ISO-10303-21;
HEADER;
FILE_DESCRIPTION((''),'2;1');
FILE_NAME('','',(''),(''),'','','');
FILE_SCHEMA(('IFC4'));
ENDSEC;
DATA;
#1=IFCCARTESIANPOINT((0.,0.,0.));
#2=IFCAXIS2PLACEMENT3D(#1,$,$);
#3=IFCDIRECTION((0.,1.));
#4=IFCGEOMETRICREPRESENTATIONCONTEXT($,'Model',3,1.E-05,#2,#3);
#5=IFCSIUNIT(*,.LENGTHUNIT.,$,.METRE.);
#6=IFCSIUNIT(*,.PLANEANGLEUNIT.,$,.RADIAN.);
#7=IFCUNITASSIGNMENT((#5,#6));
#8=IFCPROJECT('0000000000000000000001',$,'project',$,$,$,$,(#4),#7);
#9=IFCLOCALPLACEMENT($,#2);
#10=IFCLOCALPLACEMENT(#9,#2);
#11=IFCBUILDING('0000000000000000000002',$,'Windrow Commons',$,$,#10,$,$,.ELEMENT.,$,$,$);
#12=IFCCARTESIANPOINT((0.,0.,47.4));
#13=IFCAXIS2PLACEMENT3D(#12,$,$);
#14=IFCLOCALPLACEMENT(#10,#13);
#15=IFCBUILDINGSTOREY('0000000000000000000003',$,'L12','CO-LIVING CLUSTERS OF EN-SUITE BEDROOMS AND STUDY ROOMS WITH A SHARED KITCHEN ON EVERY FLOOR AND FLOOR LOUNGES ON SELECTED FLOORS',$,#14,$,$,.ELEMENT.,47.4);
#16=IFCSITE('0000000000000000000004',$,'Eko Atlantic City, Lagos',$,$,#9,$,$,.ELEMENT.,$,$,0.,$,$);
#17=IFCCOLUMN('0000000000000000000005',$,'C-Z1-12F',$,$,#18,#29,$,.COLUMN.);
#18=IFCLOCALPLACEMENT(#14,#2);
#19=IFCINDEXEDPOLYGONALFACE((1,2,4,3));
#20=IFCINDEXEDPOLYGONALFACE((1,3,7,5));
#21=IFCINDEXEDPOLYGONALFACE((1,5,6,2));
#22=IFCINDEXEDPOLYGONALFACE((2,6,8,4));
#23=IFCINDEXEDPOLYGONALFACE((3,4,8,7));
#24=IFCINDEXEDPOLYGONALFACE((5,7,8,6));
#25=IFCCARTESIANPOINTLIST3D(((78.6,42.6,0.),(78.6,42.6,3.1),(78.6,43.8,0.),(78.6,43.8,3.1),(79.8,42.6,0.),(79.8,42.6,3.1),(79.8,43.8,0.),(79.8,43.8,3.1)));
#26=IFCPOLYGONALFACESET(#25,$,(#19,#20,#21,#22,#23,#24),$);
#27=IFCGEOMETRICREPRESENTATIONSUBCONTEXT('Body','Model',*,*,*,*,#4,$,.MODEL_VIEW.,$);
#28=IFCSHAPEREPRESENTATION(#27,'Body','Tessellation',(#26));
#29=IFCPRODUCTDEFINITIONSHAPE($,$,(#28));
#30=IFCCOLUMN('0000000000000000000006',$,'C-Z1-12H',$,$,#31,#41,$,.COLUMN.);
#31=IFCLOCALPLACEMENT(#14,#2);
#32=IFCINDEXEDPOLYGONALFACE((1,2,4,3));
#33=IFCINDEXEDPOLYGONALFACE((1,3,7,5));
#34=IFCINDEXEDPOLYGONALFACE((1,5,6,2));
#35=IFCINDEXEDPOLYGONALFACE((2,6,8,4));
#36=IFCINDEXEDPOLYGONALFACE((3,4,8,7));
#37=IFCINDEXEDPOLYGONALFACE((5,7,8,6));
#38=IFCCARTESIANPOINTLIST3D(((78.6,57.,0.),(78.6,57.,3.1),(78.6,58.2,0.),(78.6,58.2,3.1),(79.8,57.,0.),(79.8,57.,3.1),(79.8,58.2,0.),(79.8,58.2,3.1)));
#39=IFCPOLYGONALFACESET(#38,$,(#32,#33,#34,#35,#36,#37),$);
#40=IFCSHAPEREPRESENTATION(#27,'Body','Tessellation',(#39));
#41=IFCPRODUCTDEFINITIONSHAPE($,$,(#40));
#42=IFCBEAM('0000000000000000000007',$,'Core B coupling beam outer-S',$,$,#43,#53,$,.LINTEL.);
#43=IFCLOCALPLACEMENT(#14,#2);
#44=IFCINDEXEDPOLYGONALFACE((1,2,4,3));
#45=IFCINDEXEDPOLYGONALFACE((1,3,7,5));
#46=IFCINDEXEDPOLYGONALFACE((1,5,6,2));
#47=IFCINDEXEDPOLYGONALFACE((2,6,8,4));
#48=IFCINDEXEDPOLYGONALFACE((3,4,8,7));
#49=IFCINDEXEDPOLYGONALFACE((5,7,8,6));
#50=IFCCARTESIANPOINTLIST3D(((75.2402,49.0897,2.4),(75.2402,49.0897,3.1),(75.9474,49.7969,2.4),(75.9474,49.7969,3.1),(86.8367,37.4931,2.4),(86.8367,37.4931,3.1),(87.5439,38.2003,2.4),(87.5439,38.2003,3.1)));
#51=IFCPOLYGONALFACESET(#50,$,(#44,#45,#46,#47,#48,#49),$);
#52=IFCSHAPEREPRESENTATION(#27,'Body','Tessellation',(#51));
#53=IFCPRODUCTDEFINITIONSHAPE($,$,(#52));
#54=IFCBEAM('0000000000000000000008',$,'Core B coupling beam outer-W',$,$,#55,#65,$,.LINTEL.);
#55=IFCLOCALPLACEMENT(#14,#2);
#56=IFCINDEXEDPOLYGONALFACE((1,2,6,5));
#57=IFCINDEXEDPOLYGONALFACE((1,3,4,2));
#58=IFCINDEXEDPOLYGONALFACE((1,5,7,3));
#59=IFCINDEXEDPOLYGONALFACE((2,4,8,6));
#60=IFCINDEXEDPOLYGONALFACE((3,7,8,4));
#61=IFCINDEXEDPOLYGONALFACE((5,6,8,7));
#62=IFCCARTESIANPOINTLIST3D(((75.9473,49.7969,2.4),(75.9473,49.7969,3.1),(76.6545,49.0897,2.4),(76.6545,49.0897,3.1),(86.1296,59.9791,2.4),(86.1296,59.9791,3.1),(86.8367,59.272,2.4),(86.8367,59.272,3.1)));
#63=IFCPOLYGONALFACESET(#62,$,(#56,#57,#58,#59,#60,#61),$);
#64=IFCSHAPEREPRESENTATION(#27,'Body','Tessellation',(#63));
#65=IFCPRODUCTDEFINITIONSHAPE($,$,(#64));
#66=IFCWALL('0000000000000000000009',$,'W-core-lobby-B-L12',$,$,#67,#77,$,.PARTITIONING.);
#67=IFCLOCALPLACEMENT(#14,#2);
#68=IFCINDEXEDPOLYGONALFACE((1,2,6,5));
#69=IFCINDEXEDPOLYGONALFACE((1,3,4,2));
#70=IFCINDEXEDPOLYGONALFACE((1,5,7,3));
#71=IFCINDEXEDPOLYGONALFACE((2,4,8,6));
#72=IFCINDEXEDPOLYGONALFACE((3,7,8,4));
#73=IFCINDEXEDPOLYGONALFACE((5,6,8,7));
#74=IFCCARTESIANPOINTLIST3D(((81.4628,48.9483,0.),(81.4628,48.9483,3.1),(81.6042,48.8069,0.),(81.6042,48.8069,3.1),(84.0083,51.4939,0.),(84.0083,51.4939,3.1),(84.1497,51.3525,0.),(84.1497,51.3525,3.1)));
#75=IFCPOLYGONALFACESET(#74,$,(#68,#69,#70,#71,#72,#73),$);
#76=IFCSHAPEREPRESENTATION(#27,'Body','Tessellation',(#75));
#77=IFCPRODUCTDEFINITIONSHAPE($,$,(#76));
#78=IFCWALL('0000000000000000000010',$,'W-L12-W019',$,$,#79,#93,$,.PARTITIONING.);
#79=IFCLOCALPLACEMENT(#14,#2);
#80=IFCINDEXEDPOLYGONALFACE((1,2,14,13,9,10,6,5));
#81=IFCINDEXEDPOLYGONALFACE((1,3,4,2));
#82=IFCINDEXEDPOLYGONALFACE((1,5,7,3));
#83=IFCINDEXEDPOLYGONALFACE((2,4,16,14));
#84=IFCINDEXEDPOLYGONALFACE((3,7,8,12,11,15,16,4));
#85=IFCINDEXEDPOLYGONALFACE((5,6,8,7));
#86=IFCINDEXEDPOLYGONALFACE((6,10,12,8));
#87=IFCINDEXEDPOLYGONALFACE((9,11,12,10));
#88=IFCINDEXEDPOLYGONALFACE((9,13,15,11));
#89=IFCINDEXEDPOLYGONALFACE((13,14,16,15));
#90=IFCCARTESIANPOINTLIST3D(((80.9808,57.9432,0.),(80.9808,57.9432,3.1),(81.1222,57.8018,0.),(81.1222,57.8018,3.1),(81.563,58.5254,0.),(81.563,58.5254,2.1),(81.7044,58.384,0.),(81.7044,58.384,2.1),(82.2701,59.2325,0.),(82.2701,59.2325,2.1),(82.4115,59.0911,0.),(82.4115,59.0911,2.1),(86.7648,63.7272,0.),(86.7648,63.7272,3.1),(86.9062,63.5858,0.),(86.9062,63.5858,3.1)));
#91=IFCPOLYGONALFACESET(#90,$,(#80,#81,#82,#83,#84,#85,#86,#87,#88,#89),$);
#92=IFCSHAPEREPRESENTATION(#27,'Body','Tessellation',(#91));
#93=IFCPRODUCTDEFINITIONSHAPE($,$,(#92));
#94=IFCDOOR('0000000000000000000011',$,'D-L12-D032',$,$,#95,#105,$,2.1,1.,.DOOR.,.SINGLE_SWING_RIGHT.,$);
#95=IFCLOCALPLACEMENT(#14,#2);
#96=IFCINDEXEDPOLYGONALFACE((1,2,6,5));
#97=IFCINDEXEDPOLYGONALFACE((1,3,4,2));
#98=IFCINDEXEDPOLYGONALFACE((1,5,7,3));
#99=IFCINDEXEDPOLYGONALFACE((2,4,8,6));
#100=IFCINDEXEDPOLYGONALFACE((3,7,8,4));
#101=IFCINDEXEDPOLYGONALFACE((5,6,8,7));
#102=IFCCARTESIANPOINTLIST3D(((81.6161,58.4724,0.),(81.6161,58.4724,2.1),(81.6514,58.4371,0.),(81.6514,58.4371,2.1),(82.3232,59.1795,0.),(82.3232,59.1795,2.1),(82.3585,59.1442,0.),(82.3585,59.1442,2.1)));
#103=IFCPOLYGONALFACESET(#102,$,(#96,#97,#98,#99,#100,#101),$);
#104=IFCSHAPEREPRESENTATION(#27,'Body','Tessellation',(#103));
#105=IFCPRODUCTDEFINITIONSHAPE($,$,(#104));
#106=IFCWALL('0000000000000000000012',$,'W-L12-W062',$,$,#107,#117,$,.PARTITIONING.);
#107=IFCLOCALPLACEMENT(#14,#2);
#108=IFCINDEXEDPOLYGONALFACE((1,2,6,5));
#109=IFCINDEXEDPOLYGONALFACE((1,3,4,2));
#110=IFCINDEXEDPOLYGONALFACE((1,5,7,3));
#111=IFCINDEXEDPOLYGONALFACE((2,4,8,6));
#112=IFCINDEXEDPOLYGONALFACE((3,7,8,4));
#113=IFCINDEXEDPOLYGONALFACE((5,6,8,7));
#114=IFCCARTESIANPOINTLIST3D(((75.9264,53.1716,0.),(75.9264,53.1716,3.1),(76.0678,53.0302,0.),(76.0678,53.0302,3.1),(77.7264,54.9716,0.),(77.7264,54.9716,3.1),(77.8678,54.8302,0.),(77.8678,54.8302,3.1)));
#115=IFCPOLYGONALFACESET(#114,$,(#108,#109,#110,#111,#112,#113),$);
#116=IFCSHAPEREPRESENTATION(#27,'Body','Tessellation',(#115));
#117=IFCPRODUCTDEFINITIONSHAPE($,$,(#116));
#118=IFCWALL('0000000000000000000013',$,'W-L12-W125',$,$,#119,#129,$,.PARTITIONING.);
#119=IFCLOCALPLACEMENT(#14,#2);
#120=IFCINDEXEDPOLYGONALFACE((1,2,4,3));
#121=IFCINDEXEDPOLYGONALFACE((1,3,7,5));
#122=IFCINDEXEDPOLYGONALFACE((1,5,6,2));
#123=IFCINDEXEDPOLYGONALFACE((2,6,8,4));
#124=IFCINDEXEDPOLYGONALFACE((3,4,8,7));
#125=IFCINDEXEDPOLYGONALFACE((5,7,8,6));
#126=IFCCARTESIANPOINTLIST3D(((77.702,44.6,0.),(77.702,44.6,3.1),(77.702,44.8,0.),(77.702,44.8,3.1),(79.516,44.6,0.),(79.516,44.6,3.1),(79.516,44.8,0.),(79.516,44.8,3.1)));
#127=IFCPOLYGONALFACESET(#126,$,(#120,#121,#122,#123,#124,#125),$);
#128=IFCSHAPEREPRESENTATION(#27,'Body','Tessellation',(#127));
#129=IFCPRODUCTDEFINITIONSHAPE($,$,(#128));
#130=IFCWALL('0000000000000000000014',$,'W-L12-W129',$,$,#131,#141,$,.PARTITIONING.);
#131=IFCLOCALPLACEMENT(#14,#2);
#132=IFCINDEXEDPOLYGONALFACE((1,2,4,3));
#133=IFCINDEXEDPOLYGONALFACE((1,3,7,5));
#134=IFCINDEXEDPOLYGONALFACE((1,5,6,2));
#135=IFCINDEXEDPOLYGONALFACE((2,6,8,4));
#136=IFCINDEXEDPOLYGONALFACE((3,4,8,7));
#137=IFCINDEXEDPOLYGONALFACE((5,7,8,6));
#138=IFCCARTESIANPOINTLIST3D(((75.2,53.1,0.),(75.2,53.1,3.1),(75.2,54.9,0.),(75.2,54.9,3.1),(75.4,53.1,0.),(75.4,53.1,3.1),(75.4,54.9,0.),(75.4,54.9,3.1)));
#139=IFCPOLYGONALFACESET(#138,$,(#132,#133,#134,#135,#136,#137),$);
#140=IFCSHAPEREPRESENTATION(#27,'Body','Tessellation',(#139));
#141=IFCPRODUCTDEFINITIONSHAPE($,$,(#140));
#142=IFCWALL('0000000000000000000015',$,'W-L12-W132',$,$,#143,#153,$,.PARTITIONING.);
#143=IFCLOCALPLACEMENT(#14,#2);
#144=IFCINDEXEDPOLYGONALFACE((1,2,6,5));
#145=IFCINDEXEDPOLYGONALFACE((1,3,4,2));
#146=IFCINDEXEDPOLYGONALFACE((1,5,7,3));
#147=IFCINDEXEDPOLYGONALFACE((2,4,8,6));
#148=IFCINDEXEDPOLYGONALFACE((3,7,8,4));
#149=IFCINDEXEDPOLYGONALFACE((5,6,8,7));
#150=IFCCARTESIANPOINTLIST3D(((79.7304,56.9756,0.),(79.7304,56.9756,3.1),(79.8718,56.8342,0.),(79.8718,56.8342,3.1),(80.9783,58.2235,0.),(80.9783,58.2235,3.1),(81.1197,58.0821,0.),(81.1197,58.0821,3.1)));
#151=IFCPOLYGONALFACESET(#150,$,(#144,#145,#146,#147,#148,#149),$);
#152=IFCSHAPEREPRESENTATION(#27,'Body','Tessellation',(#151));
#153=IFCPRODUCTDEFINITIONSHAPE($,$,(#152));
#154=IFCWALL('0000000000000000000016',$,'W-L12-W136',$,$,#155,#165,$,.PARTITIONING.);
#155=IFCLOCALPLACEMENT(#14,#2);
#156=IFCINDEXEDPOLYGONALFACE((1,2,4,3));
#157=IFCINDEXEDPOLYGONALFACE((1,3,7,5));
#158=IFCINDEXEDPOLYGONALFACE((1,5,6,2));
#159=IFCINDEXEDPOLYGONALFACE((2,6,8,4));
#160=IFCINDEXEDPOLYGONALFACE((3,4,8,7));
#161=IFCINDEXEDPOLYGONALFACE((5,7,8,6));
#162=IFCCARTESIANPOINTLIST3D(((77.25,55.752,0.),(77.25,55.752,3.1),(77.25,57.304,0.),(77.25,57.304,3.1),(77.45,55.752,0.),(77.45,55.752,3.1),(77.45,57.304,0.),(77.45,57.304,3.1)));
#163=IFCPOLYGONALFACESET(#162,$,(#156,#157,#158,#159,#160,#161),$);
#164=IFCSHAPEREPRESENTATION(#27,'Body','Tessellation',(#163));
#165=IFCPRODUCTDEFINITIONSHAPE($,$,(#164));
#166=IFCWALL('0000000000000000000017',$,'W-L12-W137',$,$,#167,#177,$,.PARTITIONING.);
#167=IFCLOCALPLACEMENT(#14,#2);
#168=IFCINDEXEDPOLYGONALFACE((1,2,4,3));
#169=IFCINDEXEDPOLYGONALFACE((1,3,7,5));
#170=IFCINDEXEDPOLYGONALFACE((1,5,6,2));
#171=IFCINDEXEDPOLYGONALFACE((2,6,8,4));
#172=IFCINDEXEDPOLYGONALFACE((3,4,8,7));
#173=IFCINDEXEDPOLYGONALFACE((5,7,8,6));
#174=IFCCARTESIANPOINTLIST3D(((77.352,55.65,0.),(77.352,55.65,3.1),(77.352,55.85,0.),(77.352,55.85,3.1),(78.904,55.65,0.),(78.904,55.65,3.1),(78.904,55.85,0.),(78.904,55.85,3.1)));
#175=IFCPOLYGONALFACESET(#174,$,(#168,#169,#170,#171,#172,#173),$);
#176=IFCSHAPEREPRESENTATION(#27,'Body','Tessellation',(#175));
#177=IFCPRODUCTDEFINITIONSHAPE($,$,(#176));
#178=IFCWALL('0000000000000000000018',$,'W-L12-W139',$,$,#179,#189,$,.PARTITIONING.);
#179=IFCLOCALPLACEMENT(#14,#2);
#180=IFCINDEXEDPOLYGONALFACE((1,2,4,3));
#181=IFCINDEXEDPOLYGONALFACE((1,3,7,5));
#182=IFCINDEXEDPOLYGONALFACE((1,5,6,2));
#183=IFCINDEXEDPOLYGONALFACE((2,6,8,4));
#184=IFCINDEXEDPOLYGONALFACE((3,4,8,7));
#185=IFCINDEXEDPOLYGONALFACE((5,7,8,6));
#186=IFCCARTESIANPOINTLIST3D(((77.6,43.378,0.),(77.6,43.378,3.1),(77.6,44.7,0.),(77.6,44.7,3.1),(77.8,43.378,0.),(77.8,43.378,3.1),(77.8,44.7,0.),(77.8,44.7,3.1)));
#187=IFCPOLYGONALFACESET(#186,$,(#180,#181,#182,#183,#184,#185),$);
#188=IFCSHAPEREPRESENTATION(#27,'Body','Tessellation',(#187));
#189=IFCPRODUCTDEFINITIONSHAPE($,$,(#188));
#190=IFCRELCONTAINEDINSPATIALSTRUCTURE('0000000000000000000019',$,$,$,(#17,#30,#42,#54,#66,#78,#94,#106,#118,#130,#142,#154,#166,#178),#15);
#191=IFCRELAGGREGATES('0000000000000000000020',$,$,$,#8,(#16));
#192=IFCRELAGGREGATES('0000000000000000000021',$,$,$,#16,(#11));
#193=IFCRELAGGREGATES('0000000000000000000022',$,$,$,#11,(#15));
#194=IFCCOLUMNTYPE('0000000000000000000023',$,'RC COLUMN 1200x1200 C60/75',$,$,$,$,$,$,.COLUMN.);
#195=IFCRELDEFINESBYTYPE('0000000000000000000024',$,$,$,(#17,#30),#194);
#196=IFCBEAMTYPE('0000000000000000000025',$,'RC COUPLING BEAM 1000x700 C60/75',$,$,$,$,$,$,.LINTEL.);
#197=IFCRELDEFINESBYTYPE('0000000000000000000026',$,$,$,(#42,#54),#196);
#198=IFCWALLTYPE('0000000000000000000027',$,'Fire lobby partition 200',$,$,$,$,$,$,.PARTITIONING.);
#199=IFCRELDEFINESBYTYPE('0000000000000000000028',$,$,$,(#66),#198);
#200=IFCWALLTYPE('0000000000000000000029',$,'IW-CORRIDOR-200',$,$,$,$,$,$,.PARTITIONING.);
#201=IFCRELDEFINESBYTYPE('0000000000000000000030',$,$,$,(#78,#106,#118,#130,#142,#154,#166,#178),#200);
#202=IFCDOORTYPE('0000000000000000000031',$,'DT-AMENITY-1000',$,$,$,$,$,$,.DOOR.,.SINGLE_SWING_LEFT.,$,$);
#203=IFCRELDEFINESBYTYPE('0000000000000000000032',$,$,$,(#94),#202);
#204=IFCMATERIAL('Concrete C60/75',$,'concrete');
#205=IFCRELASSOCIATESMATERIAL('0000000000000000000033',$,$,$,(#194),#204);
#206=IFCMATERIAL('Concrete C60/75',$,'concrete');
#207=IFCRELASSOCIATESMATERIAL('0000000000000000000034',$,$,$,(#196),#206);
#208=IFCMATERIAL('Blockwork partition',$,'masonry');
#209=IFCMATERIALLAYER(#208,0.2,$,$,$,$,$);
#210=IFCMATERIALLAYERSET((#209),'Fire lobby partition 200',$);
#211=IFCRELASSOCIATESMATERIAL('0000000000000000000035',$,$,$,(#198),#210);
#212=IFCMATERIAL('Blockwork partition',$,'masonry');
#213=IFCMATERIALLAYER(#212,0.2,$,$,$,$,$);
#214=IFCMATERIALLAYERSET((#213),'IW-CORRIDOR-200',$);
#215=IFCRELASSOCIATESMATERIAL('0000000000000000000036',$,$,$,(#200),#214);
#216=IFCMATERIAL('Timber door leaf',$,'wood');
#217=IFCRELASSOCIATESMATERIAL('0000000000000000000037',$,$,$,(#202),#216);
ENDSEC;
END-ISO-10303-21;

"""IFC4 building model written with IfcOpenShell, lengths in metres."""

from ifc_helpers import new_model, si_unit, direction, frame, frame_2d, origin, origin_2d, place, context, subcontext, project, spatial, rectangle, extrude, material, layer, layer_set, material_profile, profile_set, type_object, element, fill, save


model = new_model("IFC4")

# Units and contexts
model_context = context("Model", 3, precision=1e-05, world=origin(), true_north=direction((0.0, 1.0)))
body_context = subcontext(model_context, "Body", "Model", "MODEL_VIEW")
ifc_project = project(units=[si_unit("LENGTHUNIT", "METRE"), si_unit("PLANEANGLEUNIT", "RADIAN")], contexts=[model_context])

# Site, building, storey
site_placement = place(None, origin())
site = spatial("IfcSite", under=ifc_project, at=site_placement, Name="Eko Atlantic City, Lagos", CompositionType="ELEMENT", RefElevation=0.0)
building_placement = place(site_placement, origin())
building = spatial("IfcBuilding", under=site, at=building_placement, Name="Windrow Commons", CompositionType="ELEMENT")
storey_placement = place(building_placement, frame((0.0, 0.0, 47.4)))
storey = spatial("IfcBuildingStorey", under=building, at=storey_placement, Name="L12", Description="CO-LIVING CLUSTERS OF EN-SUITE BEDROOMS AND STUDY ROOMS WITH A SHARED KITCHEN ON EVERY FLOOR AND FLOOR LOUNGES ON SELECTED FLOORS", CompositionType="ELEMENT", Elevation=47.4)

# Columns
ifc_material_1 = material(Name="Concrete C60/75", Category="concrete")
ifc_material_profile_1 = material_profile(ifc_material_1, rectangle(XDim=1.2, YDim=1.2, at=origin_2d()))
ifc_profile_set_1 = profile_set([ifc_material_profile_1], Name="Concrete C60/75")
column_type = type_object("IfcColumnType", Name="RC COLUMN 1200x1200 C60/75", PredefinedType="COLUMN", material=ifc_profile_set_1)
for number, where, z_axis, x_axis, name in (
    (1, (79.2, 43.2, 0.0), (0.0, 0.0, 1.0), (1.0, 0.0, 0.0), "C-Z1-12F"),
    (2, (79.2, 57.6, 0.0), (0.0, 0.0, 1.0), (1.0, 0.0, 0.0), "C-Z1-12H"),
):
    element("IfcColumn", number, at=place(storey_placement, frame(where, z_axis=z_axis, x_axis=x_axis)), inside=storey, type_object=column_type, Name=name, PredefinedType="COLUMN", context=body_context, shape_type="SweptSolid", body=[
        extrude(rectangle(XDim=1.2, YDim=1.2, at=origin_2d()), origin(), (0.0, 0.0, 1.0), 3.1),
    ])

# Beams
ifc_material_2 = material(Name="Concrete C60/75", Category="concrete")
ifc_material_profile_2 = material_profile(ifc_material_2, rectangle(XDim=1.0, YDim=0.7, at=origin_2d()))
ifc_profile_set_2 = profile_set([ifc_material_profile_2], Name="Concrete C60/75")
beam_type = type_object("IfcBeamType", Name="RC COUPLING BEAM 1000x700 C60/75", PredefinedType="LINTEL", material=ifc_profile_set_2)
beam_1_placement = place(storey_placement, frame((75.5938, 49.4433, 2.75), z_axis=(0.707104, -0.70711, 0.0), x_axis=(0.70711, 0.707104, 0.0)))
element("IfcBeam", 3, at=beam_1_placement, inside=storey, type_object=beam_type, Name="Core B coupling beam outer-S", PredefinedType="LINTEL", context=body_context, shape_type="SweptSolid", body=[
    extrude(rectangle(XDim=1.0, YDim=0.7, at=origin_2d()), origin(), (0.0, 0.0, 1.0), 16.4),
])
beam_2_placement = place(storey_placement, frame((76.3009, 49.4433, 2.75), z_axis=(0.707107, 0.707107, 0.0), x_axis=(-0.707107, 0.707107, 0.0)))
element("IfcBeam", 4, at=beam_2_placement, inside=storey, type_object=beam_type, Name="Core B coupling beam outer-W", PredefinedType="LINTEL", context=body_context, shape_type="SweptSolid", body=[
    extrude(rectangle(XDim=1.0, YDim=0.7, at=origin_2d()), origin(), (0.0, 0.0, 1.0), 14.3999),
])

# Wall
ifc_material_3 = material(Name="Blockwork partition", Category="masonry")
ifc_layer_1 = layer(ifc_material_3, 0.2)
ifc_layer_set_1 = layer_set([ifc_layer_1], Name="Fire lobby partition 200")
wall_type_1 = type_object("IfcWallType", Name="Fire lobby partition 200", PredefinedType="PARTITIONING", material=ifc_layer_set_1)
wall_1_placement = place(storey_placement, frame((81.5335, 48.8776, 0.0), z_axis=(0.0, 0.0, 1.0), x_axis=(0.707093, 0.707121, 0.0)))
element("IfcWall", 5, at=wall_1_placement, inside=storey, type_object=wall_type_1, Name="W-core-lobby-B-L12", PredefinedType="PARTITIONING", context=body_context, shape_type="SweptSolid", body=[
    extrude(rectangle(XDim=3.6, YDim=0.2, at=frame_2d((1.8, 0.0))), origin(), (0.0, 0.0, 1.0), 3.1),
])

# Wall, opening, door
ifc_material_4 = material(Name="Blockwork partition", Category="masonry")
ifc_layer_2 = layer(ifc_material_4, 0.2)
ifc_layer_set_2 = layer_set([ifc_layer_2], Name="IW-CORRIDOR-200")
wall_type_2 = type_object("IfcWallType", Name="IW-CORRIDOR-200", PredefinedType="PARTITIONING", material=ifc_layer_set_2)
wall_2_placement = place(storey_placement, frame((81.0515, 57.8725, 0.0), z_axis=(0.0, 0.0, 1.0), x_axis=(0.707107, 0.707107, 0.0)))
wall_2 = element("IfcWall", 6, at=wall_2_placement, inside=storey, type_object=wall_type_2, Name="W-L12-W019", PredefinedType="PARTITIONING", context=body_context, shape_type="SweptSolid", body=[
    extrude(rectangle(XDim=8.1798, YDim=0.2, at=frame_2d((4.0899, 0.0))), origin(), (0.0, 0.0, 1.0), 3.1),
])
opening_1_placement = place(wall_2_placement, frame((0.8234, 0.0, 0.0)))
opening_1 = element("IfcOpeningElement", 7, at=opening_1_placement, cuts=wall_2, PredefinedType="OPENING", context=body_context, shape_type="SweptSolid", body=[
    extrude(rectangle(XDim=1.0, YDim=2.1, at=frame_2d((0.5, 1.05))), frame((0.0, 0.11, 0.0), z_axis=(0.0, -1.0, 0.0), x_axis=(1.0, 0.0, 0.0)), (0.0, 0.0, 1.0), 0.22),
])
ifc_material_5 = material(Name="Timber door leaf", Category="wood")
door_type_1 = type_object("IfcDoorType", Name="DT-AMENITY-1000", OperationType="SINGLE_SWING_LEFT", PredefinedType="DOOR", material=ifc_material_5)
door_1_placement = place(opening_1_placement, origin())
door_1 = element("IfcDoor", 8, at=door_1_placement, inside=storey, type_object=door_type_1, Name="D-L12-D032", OperationType="SINGLE_SWING_RIGHT", OverallHeight=2.1, OverallWidth=1.0, PredefinedType="DOOR", context=body_context, shape_type="SweptSolid", body=[
    extrude(rectangle(XDim=1.0, YDim=2.1, at=frame_2d((0.5, 1.05))), frame((0.0, 0.025, 0.0), z_axis=(0.0, -1.0, 0.0), x_axis=(1.0, 0.0, 0.0)), (0.0, 0.0, 1.0), 0.05),
])
fill(opening_1, door_1)

# Walls
wall_3_placement = place(storey_placement, frame((75.9971, 53.1009, 0.0), z_axis=(0.0, 0.0, 1.0), x_axis=(0.707107, 0.707107, 0.0)))
element("IfcWall", 9, at=wall_3_placement, inside=storey, type_object=wall_type_2, Name="W-L12-W062", PredefinedType="PARTITIONING", context=body_context, shape_type="SweptSolid", body=[
    extrude(rectangle(XDim=2.5456, YDim=0.2, at=frame_2d((1.2728, 0.0))), origin(), (0.0, 0.0, 1.0), 3.1),
])
wall_4_placement = place(storey_placement, frame((77.702, 44.7, 0.0), z_axis=(0.0, 0.0, 1.0), x_axis=(1.0, 0.0, 0.0)))
element("IfcWall", 10, at=wall_4_placement, inside=storey, type_object=wall_type_2, Name="W-L12-W125", PredefinedType="PARTITIONING", context=body_context, shape_type="SweptSolid", body=[
    extrude(rectangle(XDim=1.814, YDim=0.2, at=frame_2d((0.907, 0.0))), origin(), (0.0, 0.0, 1.0), 3.1),
])
wall_5_placement = place(storey_placement, frame((75.3, 53.1, 0.0), z_axis=(0.0, 0.0, 1.0), x_axis=(0.0, 1.0, 0.0)))
element("IfcWall", 11, at=wall_5_placement, inside=storey, type_object=wall_type_2, Name="W-L12-W129", PredefinedType="PARTITIONING", context=body_context, shape_type="SweptSolid", body=[
    extrude(rectangle(XDim=1.8, YDim=0.2, at=frame_2d((0.9, 0.0))), origin(), (0.0, 0.0, 1.0), 3.1),
])
wall_6_placement = place(storey_placement, frame((79.8011, 56.9049, 0.0), z_axis=(0.0, 0.0, 1.0), x_axis=(0.707107, 0.707107, 0.0)))
element("IfcWall", 12, at=wall_6_placement, inside=storey, type_object=wall_type_2, Name="W-L12-W132", PredefinedType="PARTITIONING", context=body_context, shape_type="SweptSolid", body=[
    extrude(rectangle(XDim=1.7649, YDim=0.2, at=frame_2d((0.8824, 0.0))), origin(), (0.0, 0.0, 1.0), 3.1),
])
for number, where, z_axis, x_axis, name in (
    (13, (77.35, 55.752, 0.0), (0.0, 0.0, 1.0), (0.0, 1.0, 0.0), "W-L12-W136"),
    (14, (77.352, 55.75, 0.0), (0.0, 0.0, 1.0), (1.0, 0.0, 0.0), "W-L12-W137"),
):
    element("IfcWall", number, at=place(storey_placement, frame(where, z_axis=z_axis, x_axis=x_axis)), inside=storey, type_object=wall_type_2, Name=name, PredefinedType="PARTITIONING", context=body_context, shape_type="SweptSolid", body=[
        extrude(rectangle(XDim=1.552, YDim=0.2, at=frame_2d((0.776, 0.0))), origin(), (0.0, 0.0, 1.0), 3.1),
    ])
wall_7_placement = place(storey_placement, frame((77.7, 43.378, 0.0), z_axis=(0.0, 0.0, 1.0), x_axis=(0.0, 1.0, 0.0)))
element("IfcWall", 15, at=wall_7_placement, inside=storey, type_object=wall_type_2, Name="W-L12-W139", PredefinedType="PARTITIONING", context=body_context, shape_type="SweptSolid", body=[
    extrude(rectangle(XDim=1.322, YDim=0.2, at=frame_2d((0.661, 0.0))), origin(), (0.0, 0.0, 1.0), 3.1),
])

save(model, "model.ifc")
